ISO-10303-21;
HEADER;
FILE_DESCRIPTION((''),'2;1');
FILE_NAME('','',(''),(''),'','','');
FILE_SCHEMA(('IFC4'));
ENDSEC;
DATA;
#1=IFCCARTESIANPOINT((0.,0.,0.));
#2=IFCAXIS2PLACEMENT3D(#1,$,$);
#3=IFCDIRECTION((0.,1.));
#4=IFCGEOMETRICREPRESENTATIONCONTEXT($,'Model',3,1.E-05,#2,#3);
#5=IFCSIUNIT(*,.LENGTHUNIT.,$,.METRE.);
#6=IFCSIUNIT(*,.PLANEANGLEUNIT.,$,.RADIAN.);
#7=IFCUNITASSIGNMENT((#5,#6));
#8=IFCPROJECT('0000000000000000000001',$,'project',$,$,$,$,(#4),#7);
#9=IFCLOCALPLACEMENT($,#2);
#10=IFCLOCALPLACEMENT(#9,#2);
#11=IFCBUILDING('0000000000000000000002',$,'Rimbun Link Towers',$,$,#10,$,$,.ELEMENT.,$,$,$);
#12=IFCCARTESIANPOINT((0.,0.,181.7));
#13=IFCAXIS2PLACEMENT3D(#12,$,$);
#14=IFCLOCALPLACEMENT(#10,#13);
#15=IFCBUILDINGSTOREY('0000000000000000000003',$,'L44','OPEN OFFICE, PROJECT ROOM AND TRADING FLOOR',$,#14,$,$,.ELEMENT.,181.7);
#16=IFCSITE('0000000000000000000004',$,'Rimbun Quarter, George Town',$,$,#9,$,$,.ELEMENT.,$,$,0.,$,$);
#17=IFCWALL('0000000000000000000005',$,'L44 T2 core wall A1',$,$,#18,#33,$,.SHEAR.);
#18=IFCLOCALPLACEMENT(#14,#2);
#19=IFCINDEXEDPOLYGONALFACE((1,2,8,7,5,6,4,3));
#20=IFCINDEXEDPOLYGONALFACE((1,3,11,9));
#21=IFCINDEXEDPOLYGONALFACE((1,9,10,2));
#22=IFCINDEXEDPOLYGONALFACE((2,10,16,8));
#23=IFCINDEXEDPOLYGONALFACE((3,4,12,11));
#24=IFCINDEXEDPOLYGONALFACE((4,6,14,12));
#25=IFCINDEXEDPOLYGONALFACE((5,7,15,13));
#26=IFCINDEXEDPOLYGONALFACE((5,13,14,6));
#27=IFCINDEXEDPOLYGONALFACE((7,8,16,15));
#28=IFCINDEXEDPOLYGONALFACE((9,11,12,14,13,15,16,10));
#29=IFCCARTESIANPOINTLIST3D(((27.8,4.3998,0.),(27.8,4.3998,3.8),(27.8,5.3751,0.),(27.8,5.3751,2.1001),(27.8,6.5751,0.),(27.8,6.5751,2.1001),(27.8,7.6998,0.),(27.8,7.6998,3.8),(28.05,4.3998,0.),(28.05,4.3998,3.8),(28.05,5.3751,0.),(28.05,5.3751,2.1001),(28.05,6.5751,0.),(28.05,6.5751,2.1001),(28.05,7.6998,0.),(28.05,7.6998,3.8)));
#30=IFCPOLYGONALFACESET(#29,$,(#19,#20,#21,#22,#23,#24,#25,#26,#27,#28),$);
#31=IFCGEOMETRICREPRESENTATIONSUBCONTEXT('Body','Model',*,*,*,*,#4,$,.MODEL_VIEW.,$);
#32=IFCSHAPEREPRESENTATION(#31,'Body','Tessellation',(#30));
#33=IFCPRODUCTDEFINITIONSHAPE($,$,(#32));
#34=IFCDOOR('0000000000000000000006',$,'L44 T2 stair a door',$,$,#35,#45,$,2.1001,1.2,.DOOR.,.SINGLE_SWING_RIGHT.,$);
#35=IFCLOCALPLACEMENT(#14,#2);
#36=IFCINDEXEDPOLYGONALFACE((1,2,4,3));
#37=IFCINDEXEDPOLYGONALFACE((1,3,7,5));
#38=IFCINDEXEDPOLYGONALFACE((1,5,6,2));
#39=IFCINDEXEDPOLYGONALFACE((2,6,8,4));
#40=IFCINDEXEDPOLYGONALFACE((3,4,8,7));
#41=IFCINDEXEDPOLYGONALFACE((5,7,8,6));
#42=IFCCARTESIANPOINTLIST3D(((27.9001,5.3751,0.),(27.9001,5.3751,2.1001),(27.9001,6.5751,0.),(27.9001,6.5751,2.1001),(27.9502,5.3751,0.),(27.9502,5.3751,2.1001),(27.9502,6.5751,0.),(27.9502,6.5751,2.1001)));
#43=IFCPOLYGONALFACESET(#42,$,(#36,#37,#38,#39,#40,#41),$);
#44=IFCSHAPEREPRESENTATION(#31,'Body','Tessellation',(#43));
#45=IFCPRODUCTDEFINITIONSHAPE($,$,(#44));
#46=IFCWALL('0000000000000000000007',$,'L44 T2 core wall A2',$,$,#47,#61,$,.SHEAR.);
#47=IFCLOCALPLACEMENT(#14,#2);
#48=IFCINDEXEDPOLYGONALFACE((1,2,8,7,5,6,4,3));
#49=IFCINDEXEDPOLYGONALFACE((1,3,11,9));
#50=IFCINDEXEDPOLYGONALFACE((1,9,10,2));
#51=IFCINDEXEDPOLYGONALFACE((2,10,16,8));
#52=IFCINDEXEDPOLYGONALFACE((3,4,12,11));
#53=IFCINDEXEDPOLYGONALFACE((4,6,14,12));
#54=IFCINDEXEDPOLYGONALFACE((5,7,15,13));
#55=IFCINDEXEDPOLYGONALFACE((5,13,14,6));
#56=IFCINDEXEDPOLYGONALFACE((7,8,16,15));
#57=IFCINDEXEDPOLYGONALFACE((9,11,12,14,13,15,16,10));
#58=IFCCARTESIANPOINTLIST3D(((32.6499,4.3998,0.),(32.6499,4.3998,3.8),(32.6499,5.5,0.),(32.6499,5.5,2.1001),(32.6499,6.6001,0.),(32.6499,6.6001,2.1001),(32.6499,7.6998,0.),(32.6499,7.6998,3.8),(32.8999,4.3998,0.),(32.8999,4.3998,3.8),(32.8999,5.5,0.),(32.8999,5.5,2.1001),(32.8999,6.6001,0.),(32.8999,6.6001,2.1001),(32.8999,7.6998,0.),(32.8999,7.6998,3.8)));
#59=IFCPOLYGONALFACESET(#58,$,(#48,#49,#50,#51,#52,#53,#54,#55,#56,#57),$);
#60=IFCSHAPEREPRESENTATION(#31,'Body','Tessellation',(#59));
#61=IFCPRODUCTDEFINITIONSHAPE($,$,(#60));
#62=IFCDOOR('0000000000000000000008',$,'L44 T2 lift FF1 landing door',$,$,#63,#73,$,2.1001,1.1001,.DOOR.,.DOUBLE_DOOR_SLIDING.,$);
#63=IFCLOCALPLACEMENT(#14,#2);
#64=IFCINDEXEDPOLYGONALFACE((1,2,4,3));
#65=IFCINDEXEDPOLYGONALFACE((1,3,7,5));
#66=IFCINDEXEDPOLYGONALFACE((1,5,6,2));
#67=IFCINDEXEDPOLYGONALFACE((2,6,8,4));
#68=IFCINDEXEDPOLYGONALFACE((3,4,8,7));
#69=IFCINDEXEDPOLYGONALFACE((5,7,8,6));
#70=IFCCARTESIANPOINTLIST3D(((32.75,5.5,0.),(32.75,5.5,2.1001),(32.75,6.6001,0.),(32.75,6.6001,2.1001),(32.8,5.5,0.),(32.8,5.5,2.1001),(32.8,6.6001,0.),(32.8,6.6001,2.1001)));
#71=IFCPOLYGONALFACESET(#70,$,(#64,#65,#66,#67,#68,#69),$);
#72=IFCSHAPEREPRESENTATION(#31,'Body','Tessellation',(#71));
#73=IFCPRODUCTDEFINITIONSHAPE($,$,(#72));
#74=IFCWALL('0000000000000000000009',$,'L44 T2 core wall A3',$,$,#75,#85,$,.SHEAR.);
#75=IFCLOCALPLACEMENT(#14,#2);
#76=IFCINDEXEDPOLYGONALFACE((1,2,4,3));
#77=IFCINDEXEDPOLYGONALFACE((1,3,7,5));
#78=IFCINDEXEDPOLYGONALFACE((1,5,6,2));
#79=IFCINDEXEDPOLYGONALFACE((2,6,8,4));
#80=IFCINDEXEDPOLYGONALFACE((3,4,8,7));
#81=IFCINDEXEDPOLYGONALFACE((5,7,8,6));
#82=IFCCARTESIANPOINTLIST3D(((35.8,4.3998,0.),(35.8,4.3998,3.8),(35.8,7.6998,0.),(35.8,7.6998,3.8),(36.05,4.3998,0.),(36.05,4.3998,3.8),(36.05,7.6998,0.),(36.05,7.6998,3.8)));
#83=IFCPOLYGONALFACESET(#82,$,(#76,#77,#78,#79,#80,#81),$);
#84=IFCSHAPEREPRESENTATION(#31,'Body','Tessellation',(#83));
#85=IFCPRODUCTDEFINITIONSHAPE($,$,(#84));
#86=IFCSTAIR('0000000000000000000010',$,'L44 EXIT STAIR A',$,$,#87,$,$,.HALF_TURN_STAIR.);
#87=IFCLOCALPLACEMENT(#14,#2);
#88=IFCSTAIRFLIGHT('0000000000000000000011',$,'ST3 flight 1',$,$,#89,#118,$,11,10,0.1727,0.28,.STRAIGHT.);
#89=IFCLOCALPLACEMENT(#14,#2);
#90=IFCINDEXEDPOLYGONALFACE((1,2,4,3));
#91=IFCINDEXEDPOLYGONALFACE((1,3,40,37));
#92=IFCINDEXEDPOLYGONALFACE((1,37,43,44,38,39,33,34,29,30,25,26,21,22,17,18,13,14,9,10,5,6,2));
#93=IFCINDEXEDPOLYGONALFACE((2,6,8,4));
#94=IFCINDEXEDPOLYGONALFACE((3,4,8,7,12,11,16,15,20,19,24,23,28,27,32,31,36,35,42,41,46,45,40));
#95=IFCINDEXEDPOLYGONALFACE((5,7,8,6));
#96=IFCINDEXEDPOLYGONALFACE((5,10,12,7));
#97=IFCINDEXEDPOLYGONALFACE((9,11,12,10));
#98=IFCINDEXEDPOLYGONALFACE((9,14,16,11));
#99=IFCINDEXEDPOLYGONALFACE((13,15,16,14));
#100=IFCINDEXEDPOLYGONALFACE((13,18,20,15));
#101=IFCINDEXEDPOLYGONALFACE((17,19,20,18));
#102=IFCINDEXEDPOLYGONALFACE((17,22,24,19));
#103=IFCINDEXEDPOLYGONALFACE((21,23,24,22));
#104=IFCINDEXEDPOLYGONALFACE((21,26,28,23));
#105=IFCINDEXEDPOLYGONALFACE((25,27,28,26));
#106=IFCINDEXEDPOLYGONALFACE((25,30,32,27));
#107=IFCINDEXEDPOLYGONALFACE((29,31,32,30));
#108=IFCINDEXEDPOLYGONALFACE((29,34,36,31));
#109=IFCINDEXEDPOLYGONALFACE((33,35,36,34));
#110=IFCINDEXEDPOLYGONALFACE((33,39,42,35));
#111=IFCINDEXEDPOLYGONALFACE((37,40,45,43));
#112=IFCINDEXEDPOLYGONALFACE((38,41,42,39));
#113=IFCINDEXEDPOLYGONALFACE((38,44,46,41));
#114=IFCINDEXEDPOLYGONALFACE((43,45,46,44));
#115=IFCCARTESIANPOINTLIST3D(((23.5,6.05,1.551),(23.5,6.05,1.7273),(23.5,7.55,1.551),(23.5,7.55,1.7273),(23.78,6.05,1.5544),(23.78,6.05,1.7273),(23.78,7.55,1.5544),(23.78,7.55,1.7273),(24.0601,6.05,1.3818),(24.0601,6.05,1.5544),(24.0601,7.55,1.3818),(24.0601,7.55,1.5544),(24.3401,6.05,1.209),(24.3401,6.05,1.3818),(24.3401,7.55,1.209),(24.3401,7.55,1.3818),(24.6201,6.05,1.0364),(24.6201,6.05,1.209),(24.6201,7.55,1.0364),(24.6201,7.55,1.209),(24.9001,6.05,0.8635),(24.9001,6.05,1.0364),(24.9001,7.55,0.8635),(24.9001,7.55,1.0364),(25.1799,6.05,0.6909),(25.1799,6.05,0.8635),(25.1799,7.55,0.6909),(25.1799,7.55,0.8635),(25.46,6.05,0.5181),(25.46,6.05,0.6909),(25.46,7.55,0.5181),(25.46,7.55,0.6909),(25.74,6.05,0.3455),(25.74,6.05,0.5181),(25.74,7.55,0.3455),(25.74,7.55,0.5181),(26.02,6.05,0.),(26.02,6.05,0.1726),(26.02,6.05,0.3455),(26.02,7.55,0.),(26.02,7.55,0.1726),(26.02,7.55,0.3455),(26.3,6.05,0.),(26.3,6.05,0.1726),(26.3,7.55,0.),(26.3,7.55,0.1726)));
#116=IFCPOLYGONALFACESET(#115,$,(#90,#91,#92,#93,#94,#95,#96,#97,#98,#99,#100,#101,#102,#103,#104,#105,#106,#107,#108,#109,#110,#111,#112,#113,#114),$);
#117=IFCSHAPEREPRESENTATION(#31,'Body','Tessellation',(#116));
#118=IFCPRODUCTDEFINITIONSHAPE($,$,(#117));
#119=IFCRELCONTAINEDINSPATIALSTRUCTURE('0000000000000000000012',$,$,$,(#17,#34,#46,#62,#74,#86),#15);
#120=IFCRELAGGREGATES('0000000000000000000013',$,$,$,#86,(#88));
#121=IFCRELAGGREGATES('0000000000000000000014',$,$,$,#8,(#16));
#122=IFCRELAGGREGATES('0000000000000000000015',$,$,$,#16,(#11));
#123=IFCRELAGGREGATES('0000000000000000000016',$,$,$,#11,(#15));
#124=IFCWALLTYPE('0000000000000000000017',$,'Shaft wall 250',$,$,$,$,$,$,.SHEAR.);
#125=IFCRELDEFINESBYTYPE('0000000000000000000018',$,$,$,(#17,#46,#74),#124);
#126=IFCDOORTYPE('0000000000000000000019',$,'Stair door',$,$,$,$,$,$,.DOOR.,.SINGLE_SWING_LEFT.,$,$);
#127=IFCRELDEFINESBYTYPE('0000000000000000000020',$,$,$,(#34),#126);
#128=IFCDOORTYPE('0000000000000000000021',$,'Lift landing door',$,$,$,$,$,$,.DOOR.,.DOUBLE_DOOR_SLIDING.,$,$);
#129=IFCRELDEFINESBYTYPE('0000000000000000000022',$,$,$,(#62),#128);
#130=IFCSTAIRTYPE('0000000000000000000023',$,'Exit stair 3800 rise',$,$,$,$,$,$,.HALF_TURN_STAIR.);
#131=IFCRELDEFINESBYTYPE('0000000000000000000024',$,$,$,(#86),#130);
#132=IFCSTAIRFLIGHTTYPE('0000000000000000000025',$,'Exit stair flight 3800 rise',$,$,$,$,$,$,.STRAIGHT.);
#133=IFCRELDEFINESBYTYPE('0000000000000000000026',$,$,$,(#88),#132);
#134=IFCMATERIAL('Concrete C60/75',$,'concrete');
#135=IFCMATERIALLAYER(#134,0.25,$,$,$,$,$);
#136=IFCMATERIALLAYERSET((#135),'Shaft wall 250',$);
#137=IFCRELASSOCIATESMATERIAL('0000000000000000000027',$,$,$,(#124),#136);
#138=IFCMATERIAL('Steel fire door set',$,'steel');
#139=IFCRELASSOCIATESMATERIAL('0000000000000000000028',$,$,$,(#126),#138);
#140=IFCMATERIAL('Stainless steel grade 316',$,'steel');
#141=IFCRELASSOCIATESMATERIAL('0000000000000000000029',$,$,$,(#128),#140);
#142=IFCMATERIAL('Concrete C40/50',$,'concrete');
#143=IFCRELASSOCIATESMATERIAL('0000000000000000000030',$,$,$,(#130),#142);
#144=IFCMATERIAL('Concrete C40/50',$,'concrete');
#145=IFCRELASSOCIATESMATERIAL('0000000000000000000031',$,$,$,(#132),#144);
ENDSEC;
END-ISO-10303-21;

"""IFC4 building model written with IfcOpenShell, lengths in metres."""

from ifc_helpers import new_model, si_unit, direction, frame, frame_2d, origin, place, context, subcontext, project, spatial, polyline, rectangle, outline, extrude, material, layer, layer_set, type_object, element, fill, aggregate, save


model = new_model("IFC4")

# Units and contexts
model_context = context("Model", 3, precision=1e-05, world=origin(), true_north=direction((0.0, 1.0)))
body_context = subcontext(model_context, "Body", "Model", "MODEL_VIEW")
ifc_project = project(units=[si_unit("LENGTHUNIT", "METRE"), si_unit("PLANEANGLEUNIT", "RADIAN")], contexts=[model_context])

# Site, building, storey
site_placement = place(None, origin())
site = spatial("IfcSite", under=ifc_project, at=site_placement, Name="Rimbun Quarter, George Town", CompositionType="ELEMENT", RefElevation=0.0)
building_placement = place(site_placement, origin())
building = spatial("IfcBuilding", under=site, at=building_placement, Name="Rimbun Link Towers", CompositionType="ELEMENT")
storey_placement = place(building_placement, frame((0.0, 0.0, 181.7)))
storey = spatial("IfcBuildingStorey", under=building, at=storey_placement, Name="L44", Description="OPEN OFFICE, PROJECT ROOM AND TRADING FLOOR", CompositionType="ELEMENT", Elevation=181.7)

# Shared definitions
ifc_material_1 = material(Name="Concrete C60/75", Category="concrete")
ifc_layer = layer(ifc_material_1, 0.25)
ifc_layer_set = layer_set([ifc_layer], Name="Shaft wall 250")
wall_type = type_object("IfcWallType", Name="Shaft wall 250", PredefinedType="SHEAR", material=ifc_layer_set)

# Walls, openings, doors
wall_1_placement = place(storey_placement, frame((27.925, 4.3999, 0.0), z_axis=(0.0, 0.0, 1.0), x_axis=(0.0, 1.0, 0.0)))
wall_1 = element("IfcWall", 1, at=wall_1_placement, inside=storey, type_object=wall_type, Name="L44 T2 core wall A1", PredefinedType="SHEAR", context=body_context, shape_type="SweptSolid", body=[
    extrude(rectangle(XDim=3.3, YDim=0.25, at=frame_2d((1.6499, 0.0))), origin(), (0.0, 0.0, 1.0), 3.8),
])
opening_1_placement = place(wall_1_placement, frame((0.9751, 0.0, 0.0)))
opening_1 = element("IfcOpeningElement", 2, at=opening_1_placement, cuts=wall_1, PredefinedType="OPENING", context=body_context, shape_type="SweptSolid", body=[
    extrude(rectangle(XDim=1.2, YDim=2.1001, at=frame_2d((0.6001, 1.05))), frame((0.0, 0.135, 0.0), z_axis=(0.0, -1.0, 0.0), x_axis=(1.0, 0.0, 0.0)), (0.0, 0.0, 1.0), 0.27),
])
ifc_material_2 = material(Name="Steel fire door set", Category="steel")
door_type_1 = type_object("IfcDoorType", Name="Stair door", OperationType="SINGLE_SWING_LEFT", PredefinedType="DOOR", material=ifc_material_2)
door_1_placement = place(opening_1_placement, origin())
door_1 = element("IfcDoor", 3, at=door_1_placement, inside=storey, type_object=door_type_1, Name="L44 T2 stair a door", OperationType="SINGLE_SWING_RIGHT", OverallHeight=2.1001, OverallWidth=1.2, PredefinedType="DOOR", context=body_context, shape_type="SweptSolid", body=[
    extrude(rectangle(XDim=1.2, YDim=2.1001, at=frame_2d((0.6001, 1.05))), frame((0.0, 0.0249, 0.0), z_axis=(0.0, -1.0, 0.0), x_axis=(1.0, 0.0, 0.0)), (0.0, 0.0, 1.0), 0.05),
])
fill(opening_1, door_1)
wall_2_placement = place(storey_placement, frame((32.7749, 4.3999, 0.0), z_axis=(0.0, 0.0, 1.0), x_axis=(0.0, 1.0, 0.0)))
wall_2 = element("IfcWall", 4, at=wall_2_placement, inside=storey, type_object=wall_type, Name="L44 T2 core wall A2", PredefinedType="SHEAR", context=body_context, shape_type="SweptSolid", body=[
    extrude(rectangle(XDim=3.3, YDim=0.25, at=frame_2d((1.6499, 0.0))), origin(), (0.0, 0.0, 1.0), 3.8),
])
opening_2_placement = place(wall_2_placement, frame((1.1001, 0.0, 0.0)))
opening_2 = element("IfcOpeningElement", 5, at=opening_2_placement, cuts=wall_2, PredefinedType="OPENING", context=body_context, shape_type="SweptSolid", body=[
    extrude(rectangle(XDim=1.1001, YDim=2.1001, at=frame_2d((0.55, 1.05))), frame((0.0, 0.135, 0.0), z_axis=(0.0, -1.0, 0.0), x_axis=(1.0, 0.0, 0.0)), (0.0, 0.0, 1.0), 0.27),
])
ifc_material_3 = material(Name="Stainless steel grade 316", Category="steel")
door_type_2 = type_object("IfcDoorType", Name="Lift landing door", OperationType="DOUBLE_DOOR_SLIDING", PredefinedType="DOOR", material=ifc_material_3)
door_2_placement = place(opening_2_placement, origin())
door_2 = element("IfcDoor", 6, at=door_2_placement, inside=storey, type_object=door_type_2, Name="L44 T2 lift FF1 landing door", OperationType="DOUBLE_DOOR_SLIDING", OverallHeight=2.1001, OverallWidth=1.1001, PredefinedType="DOOR", context=body_context, shape_type="SweptSolid", body=[
    extrude(rectangle(XDim=1.1001, YDim=2.1001, at=frame_2d((0.55, 1.05))), frame((0.0, 0.0249, 0.0), z_axis=(0.0, -1.0, 0.0), x_axis=(1.0, 0.0, 0.0)), (0.0, 0.0, 1.0), 0.05),
])
fill(opening_2, door_2)

# Wall
wall_3_placement = place(storey_placement, frame((35.925, 4.3999, 0.0), z_axis=(0.0, 0.0, 1.0), x_axis=(0.0, 1.0, 0.0)))
element("IfcWall", 7, at=wall_3_placement, inside=storey, type_object=wall_type, Name="L44 T2 core wall A3", PredefinedType="SHEAR", context=body_context, shape_type="SweptSolid", body=[
    extrude(rectangle(XDim=3.3, YDim=0.25, at=frame_2d((1.6499, 0.0))), origin(), (0.0, 0.0, 1.0), 3.8),
])

# Stair, stair flight
ifc_material_4 = material(Name="Concrete C40/50", Category="concrete")
stair_type = type_object("IfcStairType", Name="Exit stair 3800 rise", PredefinedType="HALF_TURN_STAIR", material=ifc_material_4)
stair_placement = place(storey_placement, origin())
stair = element("IfcStair", 8, at=stair_placement, inside=storey, type_object=stair_type, Name="L44 EXIT STAIR A", PredefinedType="HALF_TURN_STAIR")
ifc_material_5 = material(Name="Concrete C40/50", Category="concrete")
stair_flight_type = type_object("IfcStairFlightType", Name="Exit stair flight 3800 rise", PredefinedType="STRAIGHT", material=ifc_material_5)
stair_flight_placement = place(storey_placement, frame((26.3, 6.8, 0.0), z_axis=(0.0, 0.0, 1.0), x_axis=(-1.0, 0.0, 0.0)))
stair_flight = element("IfcStairFlight", 9, at=stair_flight_placement, type_object=stair_flight_type, Name="ST3 flight 1", NumberOfRisers=11, NumberOfTreads=10, PredefinedType="STRAIGHT", RiserHeight=0.1727, TreadLength=0.28, context=body_context, shape_type="SweptSolid", body=[
    extrude(outline(polyline([(0.0, 0.0), (0.0, 0.1726), (0.28, 0.1726), (0.28, 0.3455), (0.5601, 0.3455), (0.5601, 0.5181), (0.8401, 0.5181), (0.8401, 0.6909), (1.1201, 0.6909), (1.1201, 0.8635), (1.3999, 0.8635), (1.3999, 1.0364), (1.6799, 1.0364), (1.6799, 1.209), (1.96, 1.209), (1.96, 1.3818), (2.24, 1.3818), (2.24, 1.5544), (2.52, 1.5544), (2.52, 1.7273), (2.8, 1.7273), (2.8, 1.8999), (2.8, 1.551), (0.28, 0.0), (0.0, 0.0)])), frame((0.0, 0.75, 0.0), z_axis=(0.0, -1.0, 0.0), x_axis=(1.0, 0.0, 0.0)), (0.0, 0.0, 1.0), 1.5),
])
aggregate(stair, [stair_flight])

save(model, "model.ifc")
